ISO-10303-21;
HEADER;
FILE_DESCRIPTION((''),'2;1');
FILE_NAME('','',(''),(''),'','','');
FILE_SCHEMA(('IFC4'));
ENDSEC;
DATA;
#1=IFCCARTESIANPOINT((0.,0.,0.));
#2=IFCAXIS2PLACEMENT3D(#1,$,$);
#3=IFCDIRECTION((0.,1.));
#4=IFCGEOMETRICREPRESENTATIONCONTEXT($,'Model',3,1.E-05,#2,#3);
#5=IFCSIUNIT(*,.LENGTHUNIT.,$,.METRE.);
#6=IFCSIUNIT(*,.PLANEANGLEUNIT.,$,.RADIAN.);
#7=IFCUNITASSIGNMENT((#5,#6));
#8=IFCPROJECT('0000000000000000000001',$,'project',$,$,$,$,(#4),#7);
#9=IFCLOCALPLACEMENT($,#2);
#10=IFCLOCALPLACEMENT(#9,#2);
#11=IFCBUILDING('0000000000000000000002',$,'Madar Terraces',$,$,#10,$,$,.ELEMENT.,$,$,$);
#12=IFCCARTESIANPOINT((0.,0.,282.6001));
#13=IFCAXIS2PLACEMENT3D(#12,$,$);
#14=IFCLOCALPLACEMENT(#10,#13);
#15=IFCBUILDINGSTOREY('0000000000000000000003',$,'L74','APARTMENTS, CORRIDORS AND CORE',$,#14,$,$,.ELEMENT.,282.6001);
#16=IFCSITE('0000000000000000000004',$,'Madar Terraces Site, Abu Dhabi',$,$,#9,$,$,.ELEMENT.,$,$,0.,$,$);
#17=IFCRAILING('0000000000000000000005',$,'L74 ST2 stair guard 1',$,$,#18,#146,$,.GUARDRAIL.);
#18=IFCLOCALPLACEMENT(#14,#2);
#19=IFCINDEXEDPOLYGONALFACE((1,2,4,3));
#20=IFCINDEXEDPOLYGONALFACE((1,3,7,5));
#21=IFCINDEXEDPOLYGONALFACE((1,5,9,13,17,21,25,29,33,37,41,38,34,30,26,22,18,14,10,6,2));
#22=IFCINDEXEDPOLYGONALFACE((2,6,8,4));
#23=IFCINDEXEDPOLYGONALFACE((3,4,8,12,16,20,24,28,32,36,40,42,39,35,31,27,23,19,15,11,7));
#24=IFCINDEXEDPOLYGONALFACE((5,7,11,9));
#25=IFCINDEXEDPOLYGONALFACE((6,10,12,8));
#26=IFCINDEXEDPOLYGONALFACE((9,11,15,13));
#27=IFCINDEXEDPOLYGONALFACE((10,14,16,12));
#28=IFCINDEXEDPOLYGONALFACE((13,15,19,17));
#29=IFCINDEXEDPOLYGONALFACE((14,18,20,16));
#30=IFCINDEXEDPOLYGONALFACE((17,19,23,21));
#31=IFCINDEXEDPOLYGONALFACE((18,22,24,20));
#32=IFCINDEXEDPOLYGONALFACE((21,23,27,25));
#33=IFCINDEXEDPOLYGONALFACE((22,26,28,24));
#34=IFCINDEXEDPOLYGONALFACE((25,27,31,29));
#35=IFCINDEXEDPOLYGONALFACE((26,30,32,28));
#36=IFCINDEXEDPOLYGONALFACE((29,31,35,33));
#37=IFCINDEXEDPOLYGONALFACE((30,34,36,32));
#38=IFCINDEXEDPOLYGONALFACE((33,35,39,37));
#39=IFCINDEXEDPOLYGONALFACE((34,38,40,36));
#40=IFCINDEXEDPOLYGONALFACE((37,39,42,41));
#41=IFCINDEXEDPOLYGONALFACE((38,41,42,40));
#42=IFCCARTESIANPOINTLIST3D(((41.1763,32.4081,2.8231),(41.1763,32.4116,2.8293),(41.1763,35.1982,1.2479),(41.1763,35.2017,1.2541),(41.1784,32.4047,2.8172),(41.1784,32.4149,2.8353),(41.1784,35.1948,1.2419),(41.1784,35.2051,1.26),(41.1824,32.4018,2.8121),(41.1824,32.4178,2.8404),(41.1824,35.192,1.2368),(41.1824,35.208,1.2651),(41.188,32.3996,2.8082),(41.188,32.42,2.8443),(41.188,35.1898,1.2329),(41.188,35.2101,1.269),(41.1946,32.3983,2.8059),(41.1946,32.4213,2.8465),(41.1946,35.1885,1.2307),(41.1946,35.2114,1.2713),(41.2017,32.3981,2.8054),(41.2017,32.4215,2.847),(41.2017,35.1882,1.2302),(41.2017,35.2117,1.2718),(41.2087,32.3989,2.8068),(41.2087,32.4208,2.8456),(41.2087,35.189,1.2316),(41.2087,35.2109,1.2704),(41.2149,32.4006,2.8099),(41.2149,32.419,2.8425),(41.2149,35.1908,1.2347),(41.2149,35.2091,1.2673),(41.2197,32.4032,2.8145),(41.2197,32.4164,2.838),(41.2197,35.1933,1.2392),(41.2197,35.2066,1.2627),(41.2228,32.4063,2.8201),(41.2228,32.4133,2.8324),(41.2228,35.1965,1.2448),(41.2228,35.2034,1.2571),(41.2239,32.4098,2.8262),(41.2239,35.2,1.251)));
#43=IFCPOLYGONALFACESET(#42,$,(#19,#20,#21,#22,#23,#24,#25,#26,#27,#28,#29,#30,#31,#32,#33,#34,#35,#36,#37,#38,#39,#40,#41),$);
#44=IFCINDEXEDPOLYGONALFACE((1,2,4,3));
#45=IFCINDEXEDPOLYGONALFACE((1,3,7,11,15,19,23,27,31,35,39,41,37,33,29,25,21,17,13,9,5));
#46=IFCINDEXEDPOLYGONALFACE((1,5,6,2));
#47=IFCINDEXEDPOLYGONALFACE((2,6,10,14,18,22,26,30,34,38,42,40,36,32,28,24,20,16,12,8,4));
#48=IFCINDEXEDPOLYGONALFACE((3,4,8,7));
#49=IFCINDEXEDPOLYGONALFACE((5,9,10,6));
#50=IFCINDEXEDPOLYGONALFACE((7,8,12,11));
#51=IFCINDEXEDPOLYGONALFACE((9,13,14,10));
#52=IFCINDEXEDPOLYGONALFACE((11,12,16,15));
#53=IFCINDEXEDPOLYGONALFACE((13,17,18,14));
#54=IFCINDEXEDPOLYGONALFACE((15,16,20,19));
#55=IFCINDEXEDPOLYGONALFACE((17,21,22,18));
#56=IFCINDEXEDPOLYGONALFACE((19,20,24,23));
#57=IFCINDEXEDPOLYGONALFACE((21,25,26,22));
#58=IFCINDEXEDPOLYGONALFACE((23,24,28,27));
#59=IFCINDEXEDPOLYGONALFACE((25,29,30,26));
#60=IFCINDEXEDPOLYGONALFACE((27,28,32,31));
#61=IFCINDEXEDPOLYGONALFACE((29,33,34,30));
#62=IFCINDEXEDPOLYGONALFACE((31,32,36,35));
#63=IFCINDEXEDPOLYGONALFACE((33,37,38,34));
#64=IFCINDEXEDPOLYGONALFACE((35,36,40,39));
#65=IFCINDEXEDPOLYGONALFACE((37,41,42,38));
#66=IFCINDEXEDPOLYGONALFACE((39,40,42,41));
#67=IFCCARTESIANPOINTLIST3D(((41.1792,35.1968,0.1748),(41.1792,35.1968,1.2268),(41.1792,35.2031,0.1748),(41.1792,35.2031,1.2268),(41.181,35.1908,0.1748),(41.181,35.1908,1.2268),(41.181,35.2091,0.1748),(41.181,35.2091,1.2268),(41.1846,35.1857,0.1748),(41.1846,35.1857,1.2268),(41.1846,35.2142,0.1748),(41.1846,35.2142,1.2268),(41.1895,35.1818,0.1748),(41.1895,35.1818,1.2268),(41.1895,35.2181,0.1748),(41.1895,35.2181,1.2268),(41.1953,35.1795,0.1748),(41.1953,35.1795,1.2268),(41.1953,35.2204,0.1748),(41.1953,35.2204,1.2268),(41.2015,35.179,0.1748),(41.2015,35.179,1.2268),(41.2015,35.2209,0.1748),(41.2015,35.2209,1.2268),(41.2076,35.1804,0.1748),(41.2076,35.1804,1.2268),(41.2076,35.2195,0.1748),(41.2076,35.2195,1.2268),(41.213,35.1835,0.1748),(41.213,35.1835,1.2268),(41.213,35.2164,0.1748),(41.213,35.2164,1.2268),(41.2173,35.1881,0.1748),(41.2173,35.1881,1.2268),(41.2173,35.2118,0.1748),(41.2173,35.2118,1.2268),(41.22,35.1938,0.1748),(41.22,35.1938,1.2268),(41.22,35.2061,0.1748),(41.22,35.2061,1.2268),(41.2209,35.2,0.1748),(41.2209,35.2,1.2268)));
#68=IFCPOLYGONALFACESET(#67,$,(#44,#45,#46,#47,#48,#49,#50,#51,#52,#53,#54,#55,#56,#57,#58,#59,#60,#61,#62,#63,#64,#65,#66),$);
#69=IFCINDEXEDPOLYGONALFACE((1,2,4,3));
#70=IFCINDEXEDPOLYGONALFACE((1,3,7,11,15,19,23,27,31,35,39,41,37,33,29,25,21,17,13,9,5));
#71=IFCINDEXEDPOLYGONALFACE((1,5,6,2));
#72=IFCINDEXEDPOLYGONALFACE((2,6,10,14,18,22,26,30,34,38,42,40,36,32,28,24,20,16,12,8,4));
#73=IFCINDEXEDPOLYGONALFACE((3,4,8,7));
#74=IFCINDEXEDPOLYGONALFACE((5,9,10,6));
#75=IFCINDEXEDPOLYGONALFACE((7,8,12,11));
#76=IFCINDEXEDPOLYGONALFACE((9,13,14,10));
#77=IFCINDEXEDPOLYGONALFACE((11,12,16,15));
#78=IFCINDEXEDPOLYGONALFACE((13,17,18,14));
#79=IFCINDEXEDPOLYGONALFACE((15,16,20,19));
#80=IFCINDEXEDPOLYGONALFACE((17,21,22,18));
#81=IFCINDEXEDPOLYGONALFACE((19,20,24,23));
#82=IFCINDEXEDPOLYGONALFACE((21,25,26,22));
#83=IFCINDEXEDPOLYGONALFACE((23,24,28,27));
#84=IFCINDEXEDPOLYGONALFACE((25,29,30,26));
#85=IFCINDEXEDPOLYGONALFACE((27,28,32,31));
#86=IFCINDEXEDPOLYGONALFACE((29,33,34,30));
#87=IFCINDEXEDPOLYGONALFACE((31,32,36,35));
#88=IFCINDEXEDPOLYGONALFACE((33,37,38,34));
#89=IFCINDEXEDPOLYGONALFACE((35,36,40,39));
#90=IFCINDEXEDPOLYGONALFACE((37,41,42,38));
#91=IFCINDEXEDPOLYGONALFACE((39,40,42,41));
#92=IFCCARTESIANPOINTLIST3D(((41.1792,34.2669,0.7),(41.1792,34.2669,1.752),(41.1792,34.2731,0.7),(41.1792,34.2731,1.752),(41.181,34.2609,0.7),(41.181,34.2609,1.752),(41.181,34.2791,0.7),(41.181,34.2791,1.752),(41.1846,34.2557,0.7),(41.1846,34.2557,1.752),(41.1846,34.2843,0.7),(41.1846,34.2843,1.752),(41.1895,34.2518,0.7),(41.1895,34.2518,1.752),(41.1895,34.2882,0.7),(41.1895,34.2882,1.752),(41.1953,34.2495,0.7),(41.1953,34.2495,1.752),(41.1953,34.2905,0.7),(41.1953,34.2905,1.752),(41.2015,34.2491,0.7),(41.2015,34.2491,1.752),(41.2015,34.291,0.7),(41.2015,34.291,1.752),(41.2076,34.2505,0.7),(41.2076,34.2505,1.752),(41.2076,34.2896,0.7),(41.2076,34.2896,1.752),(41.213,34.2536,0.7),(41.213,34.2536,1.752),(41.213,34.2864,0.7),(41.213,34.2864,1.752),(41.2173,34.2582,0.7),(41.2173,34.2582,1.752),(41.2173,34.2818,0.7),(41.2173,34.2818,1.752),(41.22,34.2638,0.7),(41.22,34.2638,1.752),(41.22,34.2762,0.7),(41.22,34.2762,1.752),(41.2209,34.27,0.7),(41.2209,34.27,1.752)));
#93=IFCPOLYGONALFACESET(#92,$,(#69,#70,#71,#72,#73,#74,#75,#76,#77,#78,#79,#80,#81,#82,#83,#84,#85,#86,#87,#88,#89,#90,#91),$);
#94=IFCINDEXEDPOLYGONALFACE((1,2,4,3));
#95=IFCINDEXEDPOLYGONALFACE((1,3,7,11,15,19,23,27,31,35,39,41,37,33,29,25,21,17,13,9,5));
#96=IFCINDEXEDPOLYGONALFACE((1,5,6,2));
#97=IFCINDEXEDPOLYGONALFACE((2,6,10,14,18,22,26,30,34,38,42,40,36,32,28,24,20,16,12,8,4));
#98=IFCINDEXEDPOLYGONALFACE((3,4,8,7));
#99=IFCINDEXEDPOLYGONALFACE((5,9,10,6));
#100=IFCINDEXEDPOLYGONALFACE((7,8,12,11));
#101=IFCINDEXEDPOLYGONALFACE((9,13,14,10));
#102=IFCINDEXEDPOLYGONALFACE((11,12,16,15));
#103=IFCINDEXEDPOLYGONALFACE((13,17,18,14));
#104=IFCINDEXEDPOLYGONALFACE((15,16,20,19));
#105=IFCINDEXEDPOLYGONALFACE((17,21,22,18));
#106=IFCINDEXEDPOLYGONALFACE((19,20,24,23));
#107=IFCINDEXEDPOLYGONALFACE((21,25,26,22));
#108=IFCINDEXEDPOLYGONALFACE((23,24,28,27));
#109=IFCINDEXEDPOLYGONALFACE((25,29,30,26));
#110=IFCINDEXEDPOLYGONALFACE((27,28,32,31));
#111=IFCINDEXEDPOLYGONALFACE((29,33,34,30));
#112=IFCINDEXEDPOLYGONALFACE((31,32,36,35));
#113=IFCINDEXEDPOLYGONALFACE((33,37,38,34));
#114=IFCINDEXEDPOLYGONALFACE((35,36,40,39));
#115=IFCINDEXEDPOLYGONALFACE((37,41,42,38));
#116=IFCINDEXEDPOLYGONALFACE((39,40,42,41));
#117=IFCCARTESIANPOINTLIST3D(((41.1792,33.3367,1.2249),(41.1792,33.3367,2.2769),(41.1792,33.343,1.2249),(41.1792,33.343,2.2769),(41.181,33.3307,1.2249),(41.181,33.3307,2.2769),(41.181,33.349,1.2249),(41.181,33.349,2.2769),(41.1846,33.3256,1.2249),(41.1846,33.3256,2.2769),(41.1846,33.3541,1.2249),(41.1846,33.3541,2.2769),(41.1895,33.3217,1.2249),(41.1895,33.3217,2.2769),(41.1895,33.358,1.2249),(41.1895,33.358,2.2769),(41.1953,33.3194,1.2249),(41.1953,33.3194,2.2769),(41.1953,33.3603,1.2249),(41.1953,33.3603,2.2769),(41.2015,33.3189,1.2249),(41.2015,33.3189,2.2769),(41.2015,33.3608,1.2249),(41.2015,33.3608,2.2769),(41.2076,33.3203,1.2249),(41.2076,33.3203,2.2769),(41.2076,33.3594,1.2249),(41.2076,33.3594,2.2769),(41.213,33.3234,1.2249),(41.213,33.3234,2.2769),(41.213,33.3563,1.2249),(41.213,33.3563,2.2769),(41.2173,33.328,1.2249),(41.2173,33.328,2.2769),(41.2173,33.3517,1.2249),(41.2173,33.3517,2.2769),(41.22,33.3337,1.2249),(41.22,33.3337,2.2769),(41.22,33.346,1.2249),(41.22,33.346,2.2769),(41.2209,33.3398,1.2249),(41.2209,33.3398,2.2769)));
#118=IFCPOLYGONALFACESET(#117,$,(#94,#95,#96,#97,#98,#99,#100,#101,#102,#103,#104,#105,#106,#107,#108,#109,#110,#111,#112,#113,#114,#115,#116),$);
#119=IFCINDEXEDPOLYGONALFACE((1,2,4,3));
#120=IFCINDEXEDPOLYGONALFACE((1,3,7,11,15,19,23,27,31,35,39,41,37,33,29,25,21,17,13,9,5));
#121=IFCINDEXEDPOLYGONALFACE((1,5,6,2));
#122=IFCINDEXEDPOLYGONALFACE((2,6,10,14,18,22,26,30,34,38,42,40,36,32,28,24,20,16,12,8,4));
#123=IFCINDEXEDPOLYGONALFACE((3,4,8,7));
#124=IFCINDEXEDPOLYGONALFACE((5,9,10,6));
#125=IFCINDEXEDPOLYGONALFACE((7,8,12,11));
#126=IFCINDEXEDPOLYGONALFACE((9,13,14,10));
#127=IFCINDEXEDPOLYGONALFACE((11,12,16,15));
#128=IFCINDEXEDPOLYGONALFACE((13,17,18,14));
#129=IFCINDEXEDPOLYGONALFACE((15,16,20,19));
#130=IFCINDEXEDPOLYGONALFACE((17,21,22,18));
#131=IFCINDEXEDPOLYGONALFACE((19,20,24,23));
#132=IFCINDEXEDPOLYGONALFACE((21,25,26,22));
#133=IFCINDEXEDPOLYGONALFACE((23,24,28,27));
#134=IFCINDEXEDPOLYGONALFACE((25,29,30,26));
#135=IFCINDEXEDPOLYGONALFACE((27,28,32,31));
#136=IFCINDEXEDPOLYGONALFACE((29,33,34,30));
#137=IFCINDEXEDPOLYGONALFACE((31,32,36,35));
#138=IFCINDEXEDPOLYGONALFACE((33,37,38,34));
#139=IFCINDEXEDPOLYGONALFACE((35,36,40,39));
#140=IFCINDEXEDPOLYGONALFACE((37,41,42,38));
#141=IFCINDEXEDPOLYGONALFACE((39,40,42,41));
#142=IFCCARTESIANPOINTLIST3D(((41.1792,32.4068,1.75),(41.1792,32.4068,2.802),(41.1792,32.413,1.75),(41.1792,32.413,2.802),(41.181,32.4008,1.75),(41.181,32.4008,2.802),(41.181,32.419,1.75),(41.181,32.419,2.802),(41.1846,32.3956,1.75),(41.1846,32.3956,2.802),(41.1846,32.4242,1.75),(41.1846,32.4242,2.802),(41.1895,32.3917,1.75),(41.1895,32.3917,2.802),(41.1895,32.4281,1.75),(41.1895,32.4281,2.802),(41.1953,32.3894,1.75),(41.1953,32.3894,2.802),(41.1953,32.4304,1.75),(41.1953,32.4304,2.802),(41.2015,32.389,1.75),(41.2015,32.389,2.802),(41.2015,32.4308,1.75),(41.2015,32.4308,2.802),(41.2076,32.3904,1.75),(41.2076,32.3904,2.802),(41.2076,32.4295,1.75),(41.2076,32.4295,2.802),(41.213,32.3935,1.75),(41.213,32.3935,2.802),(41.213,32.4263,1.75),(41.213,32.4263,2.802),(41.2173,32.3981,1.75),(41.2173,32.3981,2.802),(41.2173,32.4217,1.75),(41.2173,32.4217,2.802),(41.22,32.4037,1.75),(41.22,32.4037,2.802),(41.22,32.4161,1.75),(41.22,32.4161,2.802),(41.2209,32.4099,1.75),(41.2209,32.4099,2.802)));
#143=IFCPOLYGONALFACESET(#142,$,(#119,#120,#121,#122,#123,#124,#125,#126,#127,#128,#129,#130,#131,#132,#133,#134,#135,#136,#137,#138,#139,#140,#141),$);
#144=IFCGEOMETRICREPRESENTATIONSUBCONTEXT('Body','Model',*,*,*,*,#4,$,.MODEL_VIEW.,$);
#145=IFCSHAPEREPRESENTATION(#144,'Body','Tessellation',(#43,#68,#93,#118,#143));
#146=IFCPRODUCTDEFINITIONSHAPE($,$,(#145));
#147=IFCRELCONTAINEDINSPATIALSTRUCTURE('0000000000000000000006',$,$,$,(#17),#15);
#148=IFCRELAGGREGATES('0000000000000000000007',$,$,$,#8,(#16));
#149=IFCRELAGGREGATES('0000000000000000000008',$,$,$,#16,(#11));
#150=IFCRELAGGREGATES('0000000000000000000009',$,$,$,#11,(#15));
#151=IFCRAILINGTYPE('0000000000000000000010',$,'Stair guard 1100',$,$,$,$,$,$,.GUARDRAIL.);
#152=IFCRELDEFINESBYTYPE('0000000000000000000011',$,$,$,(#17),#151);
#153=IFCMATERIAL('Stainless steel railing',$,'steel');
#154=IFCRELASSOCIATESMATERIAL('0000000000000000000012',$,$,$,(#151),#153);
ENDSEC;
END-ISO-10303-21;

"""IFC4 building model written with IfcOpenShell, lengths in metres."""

from ifc_helpers import new_model, si_unit, direction, frame, origin, origin_2d, place, context, subcontext, project, spatial, circle, extrude, material, type_object, element, save


model = new_model("IFC4")

# Units and contexts
model_context = context("Model", 3, precision=1e-05, world=origin(), true_north=direction((0.0, 1.0)))
body_context = subcontext(model_context, "Body", "Model", "MODEL_VIEW")
ifc_project = project(units=[si_unit("LENGTHUNIT", "METRE"), si_unit("PLANEANGLEUNIT", "RADIAN")], contexts=[model_context])

# Site, building, storey
site_placement = place(None, origin())
site = spatial("IfcSite", under=ifc_project, at=site_placement, Name="Madar Terraces Site, Abu Dhabi", CompositionType="ELEMENT", RefElevation=0.0)
building_placement = place(site_placement, origin())
building = spatial("IfcBuilding", under=site, at=building_placement, Name="Madar Terraces", CompositionType="ELEMENT")
storey_placement = place(building_placement, frame((0.0, 0.0, 282.6001)))
storey = spatial("IfcBuildingStorey", under=building, at=storey_placement, Name="L74", Description="APARTMENTS, CORRIDORS AND CORE", CompositionType="ELEMENT", Elevation=282.6001)

# Railing
ifc_material_1 = material(Name="Stainless steel railing", Category="steel")
railing_type_1 = type_object("IfcRailingType", Name="Stair guard 1100", PredefinedType="GUARDRAIL", material=ifc_material_1)
railing_1_placement = place(storey_placement, frame((41.2, 35.2, 0.1748)))
element("IfcRailing", 1, at=railing_1_placement, inside=storey, type_object=railing_type_1, Name="L74 ST2 stair guard 1", PredefinedType="GUARDRAIL", context=body_context, shape_type="SweptSolid", body=[
    extrude(circle(Radius=0.0239, at=origin_2d()), frame((0.0, 0.0, 1.0762), z_axis=(0.0, -0.870801, 0.491635), x_axis=(1.0, 0.0, 0.0)), (0.0, 0.0, 1.0), 3.2041),
    extrude(circle(Radius=0.021, at=origin_2d()), origin(), (0.0, 0.0, 1.0), 1.052),
    extrude(circle(Radius=0.021, at=origin_2d()), frame((0.0, -0.9299, 0.5251)), (0.0, 0.0, 1.0), 1.052),
    extrude(circle(Radius=0.021, at=origin_2d()), frame((0.0, -1.8601, 1.05)), (0.0, 0.0, 1.0), 1.052),
    extrude(circle(Radius=0.021, at=origin_2d()), frame((0.0, -2.79, 1.5752)), (0.0, 0.0, 1.0), 1.052),
])

save(model, "model.ifc")
